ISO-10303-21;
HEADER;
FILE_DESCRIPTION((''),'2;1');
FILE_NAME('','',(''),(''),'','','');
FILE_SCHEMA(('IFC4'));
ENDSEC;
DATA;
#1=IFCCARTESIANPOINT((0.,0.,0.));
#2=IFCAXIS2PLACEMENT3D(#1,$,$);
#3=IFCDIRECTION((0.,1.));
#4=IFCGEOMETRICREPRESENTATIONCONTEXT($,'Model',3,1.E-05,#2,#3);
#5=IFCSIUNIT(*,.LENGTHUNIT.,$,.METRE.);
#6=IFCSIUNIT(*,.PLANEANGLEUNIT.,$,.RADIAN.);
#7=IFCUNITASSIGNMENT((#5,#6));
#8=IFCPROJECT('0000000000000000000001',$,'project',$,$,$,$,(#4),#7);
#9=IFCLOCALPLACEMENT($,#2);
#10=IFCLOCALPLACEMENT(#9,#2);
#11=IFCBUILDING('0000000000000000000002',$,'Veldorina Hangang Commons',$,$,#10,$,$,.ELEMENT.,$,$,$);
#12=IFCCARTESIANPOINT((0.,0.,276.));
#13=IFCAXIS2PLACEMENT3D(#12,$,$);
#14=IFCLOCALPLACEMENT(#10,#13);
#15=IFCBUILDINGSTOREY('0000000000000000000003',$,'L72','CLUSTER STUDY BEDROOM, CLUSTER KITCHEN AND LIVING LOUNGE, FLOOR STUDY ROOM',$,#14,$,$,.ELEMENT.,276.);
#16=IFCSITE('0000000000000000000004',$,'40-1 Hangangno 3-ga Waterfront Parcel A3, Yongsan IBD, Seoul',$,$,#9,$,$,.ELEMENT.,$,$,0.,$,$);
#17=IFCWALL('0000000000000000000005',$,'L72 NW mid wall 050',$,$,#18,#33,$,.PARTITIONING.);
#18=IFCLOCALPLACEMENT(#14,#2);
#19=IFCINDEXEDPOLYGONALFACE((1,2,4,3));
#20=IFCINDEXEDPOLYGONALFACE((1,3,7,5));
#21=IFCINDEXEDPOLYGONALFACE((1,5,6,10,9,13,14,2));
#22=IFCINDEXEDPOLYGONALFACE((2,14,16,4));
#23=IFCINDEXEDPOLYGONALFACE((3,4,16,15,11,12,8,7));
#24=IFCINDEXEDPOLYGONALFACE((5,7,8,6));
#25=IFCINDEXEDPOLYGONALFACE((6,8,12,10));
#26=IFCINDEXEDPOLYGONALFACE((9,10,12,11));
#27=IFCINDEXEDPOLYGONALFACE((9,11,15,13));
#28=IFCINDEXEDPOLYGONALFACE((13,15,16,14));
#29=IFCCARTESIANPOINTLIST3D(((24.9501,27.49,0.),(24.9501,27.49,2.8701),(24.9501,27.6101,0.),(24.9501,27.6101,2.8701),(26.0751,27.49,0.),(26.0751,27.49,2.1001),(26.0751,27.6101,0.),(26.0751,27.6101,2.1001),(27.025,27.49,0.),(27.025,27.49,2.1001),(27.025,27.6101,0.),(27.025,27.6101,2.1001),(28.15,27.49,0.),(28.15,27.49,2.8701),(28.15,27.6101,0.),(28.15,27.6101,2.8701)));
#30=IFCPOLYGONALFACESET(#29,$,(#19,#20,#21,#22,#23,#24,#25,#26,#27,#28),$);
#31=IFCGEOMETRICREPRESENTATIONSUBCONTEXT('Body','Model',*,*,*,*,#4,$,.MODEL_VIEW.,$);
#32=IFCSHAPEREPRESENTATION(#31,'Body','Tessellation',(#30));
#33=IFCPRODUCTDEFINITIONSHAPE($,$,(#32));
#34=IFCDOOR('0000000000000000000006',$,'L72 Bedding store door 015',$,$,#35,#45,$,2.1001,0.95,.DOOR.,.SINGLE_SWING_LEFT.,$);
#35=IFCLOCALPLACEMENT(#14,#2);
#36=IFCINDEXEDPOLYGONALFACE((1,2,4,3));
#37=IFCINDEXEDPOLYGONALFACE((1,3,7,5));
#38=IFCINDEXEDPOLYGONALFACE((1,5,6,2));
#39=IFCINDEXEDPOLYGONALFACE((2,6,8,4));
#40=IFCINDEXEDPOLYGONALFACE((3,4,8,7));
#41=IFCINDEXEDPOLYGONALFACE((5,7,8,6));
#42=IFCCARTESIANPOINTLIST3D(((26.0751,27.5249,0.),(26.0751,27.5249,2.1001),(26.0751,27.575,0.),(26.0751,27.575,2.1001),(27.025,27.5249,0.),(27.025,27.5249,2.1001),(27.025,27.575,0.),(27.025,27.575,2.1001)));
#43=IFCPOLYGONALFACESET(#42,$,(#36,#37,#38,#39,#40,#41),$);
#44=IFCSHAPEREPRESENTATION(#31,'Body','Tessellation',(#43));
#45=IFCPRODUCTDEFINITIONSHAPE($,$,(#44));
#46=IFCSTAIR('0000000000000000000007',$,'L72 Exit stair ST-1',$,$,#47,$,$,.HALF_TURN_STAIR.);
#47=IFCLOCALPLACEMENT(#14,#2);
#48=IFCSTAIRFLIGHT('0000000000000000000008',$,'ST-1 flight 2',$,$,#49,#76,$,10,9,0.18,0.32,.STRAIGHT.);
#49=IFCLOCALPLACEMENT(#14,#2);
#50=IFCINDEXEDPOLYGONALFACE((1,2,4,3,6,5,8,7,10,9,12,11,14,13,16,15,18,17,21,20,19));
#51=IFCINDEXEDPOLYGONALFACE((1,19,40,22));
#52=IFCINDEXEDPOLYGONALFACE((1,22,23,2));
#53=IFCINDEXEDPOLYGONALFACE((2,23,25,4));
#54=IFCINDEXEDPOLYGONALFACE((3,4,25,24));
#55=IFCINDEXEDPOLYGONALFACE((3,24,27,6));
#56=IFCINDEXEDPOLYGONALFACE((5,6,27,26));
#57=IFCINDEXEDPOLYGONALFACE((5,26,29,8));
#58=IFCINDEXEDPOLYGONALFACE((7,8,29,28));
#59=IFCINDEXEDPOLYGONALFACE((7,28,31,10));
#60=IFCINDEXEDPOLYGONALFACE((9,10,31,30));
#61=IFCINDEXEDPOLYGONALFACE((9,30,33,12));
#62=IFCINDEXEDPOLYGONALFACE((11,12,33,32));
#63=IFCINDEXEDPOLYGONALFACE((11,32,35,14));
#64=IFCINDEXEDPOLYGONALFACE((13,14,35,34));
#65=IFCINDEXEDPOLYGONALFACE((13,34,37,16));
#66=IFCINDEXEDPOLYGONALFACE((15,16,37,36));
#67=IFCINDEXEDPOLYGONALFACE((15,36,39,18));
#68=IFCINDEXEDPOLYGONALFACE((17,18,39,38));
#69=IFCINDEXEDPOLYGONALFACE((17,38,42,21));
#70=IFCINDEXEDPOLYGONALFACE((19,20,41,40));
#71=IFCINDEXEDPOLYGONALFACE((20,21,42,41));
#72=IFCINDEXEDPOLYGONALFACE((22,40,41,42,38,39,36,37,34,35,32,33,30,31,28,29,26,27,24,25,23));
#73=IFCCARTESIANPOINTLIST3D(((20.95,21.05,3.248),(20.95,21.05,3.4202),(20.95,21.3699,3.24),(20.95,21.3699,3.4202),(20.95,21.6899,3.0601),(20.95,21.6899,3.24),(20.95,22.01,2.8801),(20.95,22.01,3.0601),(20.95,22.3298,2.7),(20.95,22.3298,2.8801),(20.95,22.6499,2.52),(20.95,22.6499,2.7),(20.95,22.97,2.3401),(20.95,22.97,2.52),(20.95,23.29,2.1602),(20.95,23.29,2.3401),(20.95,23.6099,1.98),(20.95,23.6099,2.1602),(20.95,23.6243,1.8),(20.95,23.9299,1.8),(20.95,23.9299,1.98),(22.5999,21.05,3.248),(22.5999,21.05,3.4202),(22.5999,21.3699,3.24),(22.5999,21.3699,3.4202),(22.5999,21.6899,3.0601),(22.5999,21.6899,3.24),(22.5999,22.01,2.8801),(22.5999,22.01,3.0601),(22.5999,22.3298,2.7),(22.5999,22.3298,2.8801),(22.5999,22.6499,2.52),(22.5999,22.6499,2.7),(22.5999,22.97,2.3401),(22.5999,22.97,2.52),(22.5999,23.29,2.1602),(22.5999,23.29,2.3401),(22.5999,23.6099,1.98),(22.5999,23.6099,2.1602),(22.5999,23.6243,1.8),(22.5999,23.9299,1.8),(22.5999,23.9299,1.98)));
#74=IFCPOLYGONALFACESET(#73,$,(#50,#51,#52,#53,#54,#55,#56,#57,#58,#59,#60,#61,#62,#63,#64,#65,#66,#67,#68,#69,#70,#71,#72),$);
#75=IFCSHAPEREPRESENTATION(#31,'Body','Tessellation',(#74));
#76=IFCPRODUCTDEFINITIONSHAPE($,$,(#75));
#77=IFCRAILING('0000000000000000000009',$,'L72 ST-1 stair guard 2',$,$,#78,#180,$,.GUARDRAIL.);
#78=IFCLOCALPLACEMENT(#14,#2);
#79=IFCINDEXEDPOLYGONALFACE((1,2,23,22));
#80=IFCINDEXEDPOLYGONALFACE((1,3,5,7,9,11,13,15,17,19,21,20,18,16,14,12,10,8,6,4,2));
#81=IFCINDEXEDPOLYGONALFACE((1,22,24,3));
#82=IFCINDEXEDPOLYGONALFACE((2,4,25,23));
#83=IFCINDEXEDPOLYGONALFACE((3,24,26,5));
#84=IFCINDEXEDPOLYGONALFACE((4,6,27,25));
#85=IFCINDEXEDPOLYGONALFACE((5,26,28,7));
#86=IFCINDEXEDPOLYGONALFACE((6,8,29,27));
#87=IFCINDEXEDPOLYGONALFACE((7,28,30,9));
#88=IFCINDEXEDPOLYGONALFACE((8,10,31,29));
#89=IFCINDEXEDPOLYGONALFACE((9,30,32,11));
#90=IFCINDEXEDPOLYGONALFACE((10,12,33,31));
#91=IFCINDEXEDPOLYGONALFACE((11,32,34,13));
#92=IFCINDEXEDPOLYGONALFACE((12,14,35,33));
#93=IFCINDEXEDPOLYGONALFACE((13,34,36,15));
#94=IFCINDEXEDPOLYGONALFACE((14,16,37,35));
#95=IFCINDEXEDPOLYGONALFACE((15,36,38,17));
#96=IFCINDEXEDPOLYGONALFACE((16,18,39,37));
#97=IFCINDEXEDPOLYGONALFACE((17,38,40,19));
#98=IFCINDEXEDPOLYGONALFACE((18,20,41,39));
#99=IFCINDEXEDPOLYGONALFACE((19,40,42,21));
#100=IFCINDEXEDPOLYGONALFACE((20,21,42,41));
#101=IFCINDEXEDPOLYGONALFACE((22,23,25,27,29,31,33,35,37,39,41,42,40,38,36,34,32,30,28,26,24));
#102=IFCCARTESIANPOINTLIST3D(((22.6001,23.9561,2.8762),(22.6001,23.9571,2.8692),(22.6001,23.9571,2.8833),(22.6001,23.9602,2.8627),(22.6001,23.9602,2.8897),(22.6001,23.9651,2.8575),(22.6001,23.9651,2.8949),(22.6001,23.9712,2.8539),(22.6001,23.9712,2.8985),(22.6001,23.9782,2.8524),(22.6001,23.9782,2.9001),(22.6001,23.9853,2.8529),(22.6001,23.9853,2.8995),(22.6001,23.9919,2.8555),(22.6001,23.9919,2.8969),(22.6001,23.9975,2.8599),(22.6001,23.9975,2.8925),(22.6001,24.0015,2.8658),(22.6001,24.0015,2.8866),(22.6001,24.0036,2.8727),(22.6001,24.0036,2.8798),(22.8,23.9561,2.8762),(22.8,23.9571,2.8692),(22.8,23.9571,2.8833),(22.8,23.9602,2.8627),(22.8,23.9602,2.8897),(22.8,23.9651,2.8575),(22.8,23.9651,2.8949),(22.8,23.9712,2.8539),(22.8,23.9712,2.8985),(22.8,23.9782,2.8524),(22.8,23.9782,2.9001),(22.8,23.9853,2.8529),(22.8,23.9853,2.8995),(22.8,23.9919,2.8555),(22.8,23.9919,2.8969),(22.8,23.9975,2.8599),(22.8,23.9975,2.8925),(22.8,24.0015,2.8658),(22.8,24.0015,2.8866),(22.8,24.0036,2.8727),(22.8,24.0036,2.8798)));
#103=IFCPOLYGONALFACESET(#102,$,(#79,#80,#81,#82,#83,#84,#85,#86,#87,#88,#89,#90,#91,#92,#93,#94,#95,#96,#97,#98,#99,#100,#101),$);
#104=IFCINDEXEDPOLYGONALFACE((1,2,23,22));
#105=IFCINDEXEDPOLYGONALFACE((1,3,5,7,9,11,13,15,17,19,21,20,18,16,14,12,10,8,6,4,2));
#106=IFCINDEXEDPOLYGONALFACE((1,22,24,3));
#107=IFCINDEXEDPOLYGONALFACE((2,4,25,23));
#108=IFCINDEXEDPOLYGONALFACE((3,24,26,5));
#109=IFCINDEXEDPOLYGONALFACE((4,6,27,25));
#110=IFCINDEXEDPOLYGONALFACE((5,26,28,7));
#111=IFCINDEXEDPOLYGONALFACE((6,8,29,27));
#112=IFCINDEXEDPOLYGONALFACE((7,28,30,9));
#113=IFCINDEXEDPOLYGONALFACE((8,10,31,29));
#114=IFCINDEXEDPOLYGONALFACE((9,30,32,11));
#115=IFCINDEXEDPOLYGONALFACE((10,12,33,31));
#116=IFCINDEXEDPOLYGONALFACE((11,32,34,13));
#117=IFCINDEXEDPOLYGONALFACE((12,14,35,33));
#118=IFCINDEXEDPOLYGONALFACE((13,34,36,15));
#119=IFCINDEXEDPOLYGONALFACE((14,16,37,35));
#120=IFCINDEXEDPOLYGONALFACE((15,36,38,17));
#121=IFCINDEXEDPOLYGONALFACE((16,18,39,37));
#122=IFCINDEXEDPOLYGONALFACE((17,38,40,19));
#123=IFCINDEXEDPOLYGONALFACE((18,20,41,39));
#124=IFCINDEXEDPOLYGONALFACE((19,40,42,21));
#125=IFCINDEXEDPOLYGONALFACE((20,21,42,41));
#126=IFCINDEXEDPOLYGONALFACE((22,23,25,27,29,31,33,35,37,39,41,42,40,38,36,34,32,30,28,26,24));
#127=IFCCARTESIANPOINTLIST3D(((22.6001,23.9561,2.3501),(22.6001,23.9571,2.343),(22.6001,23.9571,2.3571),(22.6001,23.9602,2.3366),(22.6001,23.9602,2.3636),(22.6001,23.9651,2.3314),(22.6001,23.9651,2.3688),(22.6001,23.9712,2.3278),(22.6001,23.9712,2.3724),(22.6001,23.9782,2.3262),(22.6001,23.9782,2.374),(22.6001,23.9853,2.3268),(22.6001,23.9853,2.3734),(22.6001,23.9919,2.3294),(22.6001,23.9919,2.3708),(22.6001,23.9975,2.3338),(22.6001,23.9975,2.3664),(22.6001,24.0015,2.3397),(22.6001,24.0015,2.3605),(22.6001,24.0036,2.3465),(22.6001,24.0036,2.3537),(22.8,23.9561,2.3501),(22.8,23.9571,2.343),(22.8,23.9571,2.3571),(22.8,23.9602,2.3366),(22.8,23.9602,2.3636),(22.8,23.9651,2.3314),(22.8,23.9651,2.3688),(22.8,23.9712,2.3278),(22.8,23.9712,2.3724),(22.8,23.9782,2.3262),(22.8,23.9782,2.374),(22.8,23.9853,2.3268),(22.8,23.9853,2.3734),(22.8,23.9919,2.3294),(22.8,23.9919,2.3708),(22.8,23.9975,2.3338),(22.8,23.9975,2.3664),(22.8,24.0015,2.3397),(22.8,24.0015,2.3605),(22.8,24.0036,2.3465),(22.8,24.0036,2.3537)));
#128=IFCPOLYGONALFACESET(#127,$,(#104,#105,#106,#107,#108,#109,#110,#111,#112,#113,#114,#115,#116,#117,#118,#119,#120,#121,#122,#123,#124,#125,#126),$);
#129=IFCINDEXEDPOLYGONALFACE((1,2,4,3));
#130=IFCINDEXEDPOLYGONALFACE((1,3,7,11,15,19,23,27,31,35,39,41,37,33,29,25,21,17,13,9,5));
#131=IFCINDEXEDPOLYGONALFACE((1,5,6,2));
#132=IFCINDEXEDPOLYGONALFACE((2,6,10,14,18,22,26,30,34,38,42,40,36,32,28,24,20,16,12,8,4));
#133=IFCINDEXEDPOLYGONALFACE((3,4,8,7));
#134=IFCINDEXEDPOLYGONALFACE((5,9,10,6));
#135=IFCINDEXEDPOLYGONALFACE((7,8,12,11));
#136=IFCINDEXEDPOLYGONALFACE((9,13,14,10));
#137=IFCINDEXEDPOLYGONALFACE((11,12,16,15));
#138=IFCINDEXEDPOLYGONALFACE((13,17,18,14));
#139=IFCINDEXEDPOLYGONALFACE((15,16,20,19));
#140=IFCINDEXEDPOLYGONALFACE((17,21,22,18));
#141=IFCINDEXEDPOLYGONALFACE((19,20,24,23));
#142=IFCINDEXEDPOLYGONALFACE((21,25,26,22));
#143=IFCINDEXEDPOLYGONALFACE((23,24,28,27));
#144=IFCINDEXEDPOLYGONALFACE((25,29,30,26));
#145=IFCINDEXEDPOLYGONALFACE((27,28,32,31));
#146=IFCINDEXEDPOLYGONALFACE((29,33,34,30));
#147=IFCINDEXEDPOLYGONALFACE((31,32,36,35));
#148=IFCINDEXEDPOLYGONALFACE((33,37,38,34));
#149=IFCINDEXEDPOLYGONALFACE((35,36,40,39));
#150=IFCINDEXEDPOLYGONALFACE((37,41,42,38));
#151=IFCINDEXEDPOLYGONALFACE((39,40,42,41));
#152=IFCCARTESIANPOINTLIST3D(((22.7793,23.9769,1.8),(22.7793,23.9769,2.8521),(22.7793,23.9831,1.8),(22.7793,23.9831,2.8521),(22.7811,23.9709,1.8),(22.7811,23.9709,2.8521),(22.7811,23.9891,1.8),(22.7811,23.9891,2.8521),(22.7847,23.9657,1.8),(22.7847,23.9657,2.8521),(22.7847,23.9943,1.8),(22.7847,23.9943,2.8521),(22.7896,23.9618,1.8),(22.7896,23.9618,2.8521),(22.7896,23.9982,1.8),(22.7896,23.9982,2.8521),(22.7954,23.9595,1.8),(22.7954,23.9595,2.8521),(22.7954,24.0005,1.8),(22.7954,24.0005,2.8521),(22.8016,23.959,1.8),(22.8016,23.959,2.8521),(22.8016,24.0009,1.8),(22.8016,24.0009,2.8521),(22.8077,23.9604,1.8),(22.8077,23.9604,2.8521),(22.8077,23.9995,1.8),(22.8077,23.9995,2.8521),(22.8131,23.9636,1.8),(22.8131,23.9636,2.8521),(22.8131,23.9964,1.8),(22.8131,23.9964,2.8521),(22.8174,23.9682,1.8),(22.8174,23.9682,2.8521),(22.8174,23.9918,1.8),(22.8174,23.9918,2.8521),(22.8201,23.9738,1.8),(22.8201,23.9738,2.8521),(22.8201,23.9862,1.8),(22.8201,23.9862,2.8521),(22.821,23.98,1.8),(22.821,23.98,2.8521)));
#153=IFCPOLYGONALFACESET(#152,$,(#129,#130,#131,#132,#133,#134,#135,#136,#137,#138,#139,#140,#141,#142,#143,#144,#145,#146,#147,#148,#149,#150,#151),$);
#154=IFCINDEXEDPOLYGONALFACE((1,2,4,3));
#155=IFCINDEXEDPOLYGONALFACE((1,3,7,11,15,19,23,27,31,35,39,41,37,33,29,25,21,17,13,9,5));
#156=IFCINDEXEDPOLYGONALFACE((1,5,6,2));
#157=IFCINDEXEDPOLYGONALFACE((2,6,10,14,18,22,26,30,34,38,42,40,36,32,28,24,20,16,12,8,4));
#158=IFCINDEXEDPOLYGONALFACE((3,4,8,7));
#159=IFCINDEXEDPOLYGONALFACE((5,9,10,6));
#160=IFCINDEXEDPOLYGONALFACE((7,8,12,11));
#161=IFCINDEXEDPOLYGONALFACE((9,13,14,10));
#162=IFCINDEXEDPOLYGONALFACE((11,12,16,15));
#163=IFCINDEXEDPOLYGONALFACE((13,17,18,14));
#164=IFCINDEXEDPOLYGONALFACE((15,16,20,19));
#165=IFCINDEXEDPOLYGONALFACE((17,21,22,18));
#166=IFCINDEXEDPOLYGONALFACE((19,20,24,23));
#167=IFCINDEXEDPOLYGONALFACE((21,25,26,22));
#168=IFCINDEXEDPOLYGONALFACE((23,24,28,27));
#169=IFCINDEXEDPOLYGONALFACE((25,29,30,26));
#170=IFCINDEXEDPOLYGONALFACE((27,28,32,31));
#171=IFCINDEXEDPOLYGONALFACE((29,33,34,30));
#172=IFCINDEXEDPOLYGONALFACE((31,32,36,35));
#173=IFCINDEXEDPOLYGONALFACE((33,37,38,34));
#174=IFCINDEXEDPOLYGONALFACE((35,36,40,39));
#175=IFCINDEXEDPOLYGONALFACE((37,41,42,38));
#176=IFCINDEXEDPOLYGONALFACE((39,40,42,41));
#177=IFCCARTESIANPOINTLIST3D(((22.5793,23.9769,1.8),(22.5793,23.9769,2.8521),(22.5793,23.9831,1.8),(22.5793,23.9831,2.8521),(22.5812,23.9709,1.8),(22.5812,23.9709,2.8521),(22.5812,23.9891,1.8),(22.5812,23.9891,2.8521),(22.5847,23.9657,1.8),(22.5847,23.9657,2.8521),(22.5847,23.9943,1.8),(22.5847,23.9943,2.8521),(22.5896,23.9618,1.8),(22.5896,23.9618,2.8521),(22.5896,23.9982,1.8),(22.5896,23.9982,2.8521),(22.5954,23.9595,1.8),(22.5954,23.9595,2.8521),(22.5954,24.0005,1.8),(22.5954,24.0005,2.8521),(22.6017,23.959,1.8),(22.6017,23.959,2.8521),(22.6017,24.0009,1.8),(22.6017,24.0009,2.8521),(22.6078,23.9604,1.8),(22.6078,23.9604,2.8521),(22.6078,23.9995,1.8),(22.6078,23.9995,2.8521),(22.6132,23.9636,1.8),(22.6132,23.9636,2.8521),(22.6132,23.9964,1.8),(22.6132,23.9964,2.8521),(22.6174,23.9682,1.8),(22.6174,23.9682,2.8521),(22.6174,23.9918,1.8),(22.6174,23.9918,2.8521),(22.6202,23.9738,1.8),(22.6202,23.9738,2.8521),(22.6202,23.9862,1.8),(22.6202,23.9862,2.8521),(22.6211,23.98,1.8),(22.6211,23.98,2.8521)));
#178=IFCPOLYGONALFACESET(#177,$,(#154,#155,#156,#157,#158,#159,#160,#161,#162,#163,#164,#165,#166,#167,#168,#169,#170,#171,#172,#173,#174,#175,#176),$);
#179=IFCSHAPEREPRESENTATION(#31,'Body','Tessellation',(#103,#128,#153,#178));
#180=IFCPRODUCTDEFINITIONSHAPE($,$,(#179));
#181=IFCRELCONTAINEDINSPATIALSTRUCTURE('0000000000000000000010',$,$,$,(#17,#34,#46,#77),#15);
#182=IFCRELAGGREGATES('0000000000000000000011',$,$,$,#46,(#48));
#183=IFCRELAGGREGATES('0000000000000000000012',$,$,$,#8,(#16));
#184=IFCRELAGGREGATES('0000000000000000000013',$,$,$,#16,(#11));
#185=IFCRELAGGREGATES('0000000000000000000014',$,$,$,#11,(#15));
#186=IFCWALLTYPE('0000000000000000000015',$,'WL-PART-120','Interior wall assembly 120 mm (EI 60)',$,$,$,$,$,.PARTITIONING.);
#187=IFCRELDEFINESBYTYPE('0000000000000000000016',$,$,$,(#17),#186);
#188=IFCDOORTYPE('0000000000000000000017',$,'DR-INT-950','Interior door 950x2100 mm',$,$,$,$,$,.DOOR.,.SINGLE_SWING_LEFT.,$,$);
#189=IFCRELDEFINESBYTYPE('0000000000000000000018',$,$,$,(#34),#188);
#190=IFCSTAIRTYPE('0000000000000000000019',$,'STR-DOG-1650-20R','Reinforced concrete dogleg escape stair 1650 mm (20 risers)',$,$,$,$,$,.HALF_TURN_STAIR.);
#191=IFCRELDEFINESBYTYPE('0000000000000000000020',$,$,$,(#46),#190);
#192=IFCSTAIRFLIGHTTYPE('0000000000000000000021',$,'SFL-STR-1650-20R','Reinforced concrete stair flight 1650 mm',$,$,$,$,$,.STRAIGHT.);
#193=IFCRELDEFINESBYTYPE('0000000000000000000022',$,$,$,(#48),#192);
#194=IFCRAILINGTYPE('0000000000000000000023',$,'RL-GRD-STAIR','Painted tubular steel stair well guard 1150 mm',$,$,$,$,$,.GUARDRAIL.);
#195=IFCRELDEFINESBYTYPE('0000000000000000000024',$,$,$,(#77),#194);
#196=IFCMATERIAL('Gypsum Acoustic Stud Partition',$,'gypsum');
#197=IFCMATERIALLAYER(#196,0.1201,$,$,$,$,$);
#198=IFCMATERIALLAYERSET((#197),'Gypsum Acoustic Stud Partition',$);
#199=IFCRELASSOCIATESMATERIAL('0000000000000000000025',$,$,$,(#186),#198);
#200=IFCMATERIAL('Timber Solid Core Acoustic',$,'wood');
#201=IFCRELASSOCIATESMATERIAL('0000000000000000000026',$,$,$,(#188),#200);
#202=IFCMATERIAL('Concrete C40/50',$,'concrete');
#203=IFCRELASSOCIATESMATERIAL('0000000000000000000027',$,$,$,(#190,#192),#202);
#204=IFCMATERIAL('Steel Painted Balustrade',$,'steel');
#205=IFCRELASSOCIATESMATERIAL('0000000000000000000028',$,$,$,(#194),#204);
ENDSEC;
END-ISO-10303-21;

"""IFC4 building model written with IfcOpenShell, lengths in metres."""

from ifc_helpers import new_model, si_unit, direction, frame, frame_2d, origin, origin_2d, place, context, subcontext, project, spatial, polyline, rectangle, circle, outline, extrude, material, layer, layer_set, type_object, element, fill, aggregate, save


model = new_model("IFC4")

# Units and contexts
model_context = context("Model", 3, precision=1e-05, world=origin(), true_north=direction((0.0, 1.0)))
body_context = subcontext(model_context, "Body", "Model", "MODEL_VIEW")
ifc_project = project(units=[si_unit("LENGTHUNIT", "METRE"), si_unit("PLANEANGLEUNIT", "RADIAN")], contexts=[model_context])

# Site, building, storey
site_placement = place(None, origin())
site = spatial("IfcSite", under=ifc_project, at=site_placement, Name="40-1 Hangangno 3-ga Waterfront Parcel A3, Yongsan IBD, Seoul", CompositionType="ELEMENT", RefElevation=0.0)
building_placement = place(site_placement, origin())
building = spatial("IfcBuilding", under=site, at=building_placement, Name="Veldorina Hangang Commons", CompositionType="ELEMENT")
storey_placement = place(building_placement, frame((0.0, 0.0, 276.0)))
storey = spatial("IfcBuildingStorey", under=building, at=storey_placement, Name="L72", Description="CLUSTER STUDY BEDROOM, CLUSTER KITCHEN AND LIVING LOUNGE, FLOOR STUDY ROOM", CompositionType="ELEMENT", Elevation=276.0)

# Shared definitions
ifc_material_1 = material(Name="Gypsum Acoustic Stud Partition", Category="gypsum")
ifc_layer_1 = layer(ifc_material_1, 0.1201)
ifc_layer_set_1 = layer_set([ifc_layer_1], Name="Gypsum Acoustic Stud Partition")
wall_type_1 = type_object("IfcWallType", Name="WL-PART-120", Description="Interior wall assembly 120 mm (EI 60)", PredefinedType="PARTITIONING", material=ifc_layer_set_1)

# Shared definitions
ifc_material_2 = material(Name="Timber Solid Core Acoustic", Category="wood")
door_type_1 = type_object("IfcDoorType", Name="DR-INT-950", Description="Interior door 950x2100 mm", OperationType="SINGLE_SWING_LEFT", PredefinedType="DOOR", material=ifc_material_2)

# Wall, opening, door
wall_1_placement = place(storey_placement, frame((24.95, 27.55, 0.0), z_axis=(0.0, 0.0, 1.0), x_axis=(1.0, 0.0, 0.0)))
wall_1 = element("IfcWall", 1, at=wall_1_placement, inside=storey, type_object=wall_type_1, Name="L72 NW mid wall 050", PredefinedType="PARTITIONING", context=body_context, shape_type="SweptSolid", body=[
    extrude(rectangle(XDim=3.2, YDim=0.1201, at=frame_2d((1.6001, 0.0))), origin(), (0.0, 0.0, 1.0), 2.8701),
])
opening_1_placement = place(wall_1_placement, frame((1.125, 0.0, 0.0)))
opening_1 = element("IfcOpeningElement", 2, at=opening_1_placement, cuts=wall_1, PredefinedType="OPENING", context=body_context, shape_type="SweptSolid", body=[
    extrude(rectangle(XDim=0.95, YDim=2.1001, at=frame_2d((0.4751, 1.05))), frame((0.0, 0.0701, 0.0), z_axis=(0.0, -1.0, 0.0), x_axis=(1.0, 0.0, 0.0)), (0.0, 0.0, 1.0), 0.1401),
])
door_1_placement = place(opening_1_placement, origin())
door_1 = element("IfcDoor", 3, at=door_1_placement, inside=storey, type_object=door_type_1, Name="L72 Bedding store door 015", OperationType="SINGLE_SWING_LEFT", OverallHeight=2.1001, OverallWidth=0.95, PredefinedType="DOOR", context=body_context, shape_type="SweptSolid", body=[
    extrude(rectangle(XDim=0.95, YDim=2.1001, at=frame_2d((0.4751, 1.05))), frame((0.0, 0.0249, 0.0), z_axis=(0.0, -1.0, 0.0), x_axis=(1.0, 0.0, 0.0)), (0.0, 0.0, 1.0), 0.05),
])
fill(opening_1, door_1)

# Stair, stair flight
ifc_material_3 = material(Name="Concrete C40/50", Category="concrete")
stair_type = type_object("IfcStairType", Name="STR-DOG-1650-20R", Description="Reinforced concrete dogleg escape stair 1650 mm (20 risers)", PredefinedType="HALF_TURN_STAIR", material=ifc_material_3)
stair_placement = place(storey_placement, origin())
stair = element("IfcStair", 4, at=stair_placement, inside=storey, type_object=stair_type, Name="L72 Exit stair ST-1", PredefinedType="HALF_TURN_STAIR")
stair_flight_type = type_object("IfcStairFlightType", Name="SFL-STR-1650-20R", Description="Reinforced concrete stair flight 1650 mm", PredefinedType="STRAIGHT", material=ifc_material_3)
stair_flight_placement = place(storey_placement, frame((21.7749, 23.9299, 1.8), z_axis=(0.0, 0.0, 1.0), x_axis=(0.0, -1.0, 0.0)))
stair_flight = element("IfcStairFlight", 5, at=stair_flight_placement, type_object=stair_flight_type, Name="ST-1 flight 2", NumberOfRisers=10, NumberOfTreads=9, PredefinedType="STRAIGHT", RiserHeight=0.18, TreadLength=0.32, context=body_context, shape_type="SweptSolid", body=[
    extrude(outline(polyline([(0.0, 0.0), (0.0, 0.1799), (0.3201, 0.1799), (0.3201, 0.3601), (0.6399, 0.3601), (0.6399, 0.54), (0.96, 0.54), (0.96, 0.72), (1.28, 0.72), (1.28, 0.8999), (1.6001, 0.8999), (1.6001, 1.0801), (1.9199, 1.0801), (1.9199, 1.26), (2.24, 1.26), (2.24, 1.4399), (2.5601, 1.4399), (2.5601, 1.6201), (2.8799, 1.6201), (2.8799, 1.8), (2.8799, 1.448), (0.3057, 0.0), (0.0, 0.0)])), frame((0.0, 0.825, 0.0), z_axis=(0.0, -1.0, 0.0), x_axis=(1.0, 0.0, 0.0)), (0.0, 0.0, 1.0), 1.6499),
])
aggregate(stair, [stair_flight])

# Railing
ifc_material_4 = material(Name="Steel Painted Balustrade", Category="steel")
railing_type_1 = type_object("IfcRailingType", Name="RL-GRD-STAIR", Description="Painted tubular steel stair well guard 1150 mm", PredefinedType="GUARDRAIL", material=ifc_material_4)
railing_1_placement = place(storey_placement, frame((22.8, 23.98, 1.8)))
element("IfcRailing", 6, at=railing_1_placement, inside=storey, type_object=railing_type_1, Name="L72 ST-1 stair guard 2", PredefinedType="GUARDRAIL", context=body_context, shape_type="SweptSolid", body=[
    extrude(circle(Radius=0.0239, at=origin_2d()), frame((0.0, 0.0, 1.0762), z_axis=(-1.0, 0.0, 0.0), x_axis=(0.0, -1.0, 0.0)), (0.0, 0.0, 1.0), 0.2),
    extrude(circle(Radius=0.0239, at=origin_2d()), frame((0.0, 0.0, 0.55), z_axis=(-1.0, 0.0, 0.0), x_axis=(0.0, -1.0, 0.0)), (0.0, 0.0, 1.0), 0.2),
    extrude(circle(Radius=0.021, at=origin_2d()), origin(), (0.0, 0.0, 1.0), 1.052),
    extrude(circle(Radius=0.021, at=origin_2d()), frame((-0.2, 0.0, 0.0)), (0.0, 0.0, 1.0), 1.052),
])

save(model, "model.ifc")
